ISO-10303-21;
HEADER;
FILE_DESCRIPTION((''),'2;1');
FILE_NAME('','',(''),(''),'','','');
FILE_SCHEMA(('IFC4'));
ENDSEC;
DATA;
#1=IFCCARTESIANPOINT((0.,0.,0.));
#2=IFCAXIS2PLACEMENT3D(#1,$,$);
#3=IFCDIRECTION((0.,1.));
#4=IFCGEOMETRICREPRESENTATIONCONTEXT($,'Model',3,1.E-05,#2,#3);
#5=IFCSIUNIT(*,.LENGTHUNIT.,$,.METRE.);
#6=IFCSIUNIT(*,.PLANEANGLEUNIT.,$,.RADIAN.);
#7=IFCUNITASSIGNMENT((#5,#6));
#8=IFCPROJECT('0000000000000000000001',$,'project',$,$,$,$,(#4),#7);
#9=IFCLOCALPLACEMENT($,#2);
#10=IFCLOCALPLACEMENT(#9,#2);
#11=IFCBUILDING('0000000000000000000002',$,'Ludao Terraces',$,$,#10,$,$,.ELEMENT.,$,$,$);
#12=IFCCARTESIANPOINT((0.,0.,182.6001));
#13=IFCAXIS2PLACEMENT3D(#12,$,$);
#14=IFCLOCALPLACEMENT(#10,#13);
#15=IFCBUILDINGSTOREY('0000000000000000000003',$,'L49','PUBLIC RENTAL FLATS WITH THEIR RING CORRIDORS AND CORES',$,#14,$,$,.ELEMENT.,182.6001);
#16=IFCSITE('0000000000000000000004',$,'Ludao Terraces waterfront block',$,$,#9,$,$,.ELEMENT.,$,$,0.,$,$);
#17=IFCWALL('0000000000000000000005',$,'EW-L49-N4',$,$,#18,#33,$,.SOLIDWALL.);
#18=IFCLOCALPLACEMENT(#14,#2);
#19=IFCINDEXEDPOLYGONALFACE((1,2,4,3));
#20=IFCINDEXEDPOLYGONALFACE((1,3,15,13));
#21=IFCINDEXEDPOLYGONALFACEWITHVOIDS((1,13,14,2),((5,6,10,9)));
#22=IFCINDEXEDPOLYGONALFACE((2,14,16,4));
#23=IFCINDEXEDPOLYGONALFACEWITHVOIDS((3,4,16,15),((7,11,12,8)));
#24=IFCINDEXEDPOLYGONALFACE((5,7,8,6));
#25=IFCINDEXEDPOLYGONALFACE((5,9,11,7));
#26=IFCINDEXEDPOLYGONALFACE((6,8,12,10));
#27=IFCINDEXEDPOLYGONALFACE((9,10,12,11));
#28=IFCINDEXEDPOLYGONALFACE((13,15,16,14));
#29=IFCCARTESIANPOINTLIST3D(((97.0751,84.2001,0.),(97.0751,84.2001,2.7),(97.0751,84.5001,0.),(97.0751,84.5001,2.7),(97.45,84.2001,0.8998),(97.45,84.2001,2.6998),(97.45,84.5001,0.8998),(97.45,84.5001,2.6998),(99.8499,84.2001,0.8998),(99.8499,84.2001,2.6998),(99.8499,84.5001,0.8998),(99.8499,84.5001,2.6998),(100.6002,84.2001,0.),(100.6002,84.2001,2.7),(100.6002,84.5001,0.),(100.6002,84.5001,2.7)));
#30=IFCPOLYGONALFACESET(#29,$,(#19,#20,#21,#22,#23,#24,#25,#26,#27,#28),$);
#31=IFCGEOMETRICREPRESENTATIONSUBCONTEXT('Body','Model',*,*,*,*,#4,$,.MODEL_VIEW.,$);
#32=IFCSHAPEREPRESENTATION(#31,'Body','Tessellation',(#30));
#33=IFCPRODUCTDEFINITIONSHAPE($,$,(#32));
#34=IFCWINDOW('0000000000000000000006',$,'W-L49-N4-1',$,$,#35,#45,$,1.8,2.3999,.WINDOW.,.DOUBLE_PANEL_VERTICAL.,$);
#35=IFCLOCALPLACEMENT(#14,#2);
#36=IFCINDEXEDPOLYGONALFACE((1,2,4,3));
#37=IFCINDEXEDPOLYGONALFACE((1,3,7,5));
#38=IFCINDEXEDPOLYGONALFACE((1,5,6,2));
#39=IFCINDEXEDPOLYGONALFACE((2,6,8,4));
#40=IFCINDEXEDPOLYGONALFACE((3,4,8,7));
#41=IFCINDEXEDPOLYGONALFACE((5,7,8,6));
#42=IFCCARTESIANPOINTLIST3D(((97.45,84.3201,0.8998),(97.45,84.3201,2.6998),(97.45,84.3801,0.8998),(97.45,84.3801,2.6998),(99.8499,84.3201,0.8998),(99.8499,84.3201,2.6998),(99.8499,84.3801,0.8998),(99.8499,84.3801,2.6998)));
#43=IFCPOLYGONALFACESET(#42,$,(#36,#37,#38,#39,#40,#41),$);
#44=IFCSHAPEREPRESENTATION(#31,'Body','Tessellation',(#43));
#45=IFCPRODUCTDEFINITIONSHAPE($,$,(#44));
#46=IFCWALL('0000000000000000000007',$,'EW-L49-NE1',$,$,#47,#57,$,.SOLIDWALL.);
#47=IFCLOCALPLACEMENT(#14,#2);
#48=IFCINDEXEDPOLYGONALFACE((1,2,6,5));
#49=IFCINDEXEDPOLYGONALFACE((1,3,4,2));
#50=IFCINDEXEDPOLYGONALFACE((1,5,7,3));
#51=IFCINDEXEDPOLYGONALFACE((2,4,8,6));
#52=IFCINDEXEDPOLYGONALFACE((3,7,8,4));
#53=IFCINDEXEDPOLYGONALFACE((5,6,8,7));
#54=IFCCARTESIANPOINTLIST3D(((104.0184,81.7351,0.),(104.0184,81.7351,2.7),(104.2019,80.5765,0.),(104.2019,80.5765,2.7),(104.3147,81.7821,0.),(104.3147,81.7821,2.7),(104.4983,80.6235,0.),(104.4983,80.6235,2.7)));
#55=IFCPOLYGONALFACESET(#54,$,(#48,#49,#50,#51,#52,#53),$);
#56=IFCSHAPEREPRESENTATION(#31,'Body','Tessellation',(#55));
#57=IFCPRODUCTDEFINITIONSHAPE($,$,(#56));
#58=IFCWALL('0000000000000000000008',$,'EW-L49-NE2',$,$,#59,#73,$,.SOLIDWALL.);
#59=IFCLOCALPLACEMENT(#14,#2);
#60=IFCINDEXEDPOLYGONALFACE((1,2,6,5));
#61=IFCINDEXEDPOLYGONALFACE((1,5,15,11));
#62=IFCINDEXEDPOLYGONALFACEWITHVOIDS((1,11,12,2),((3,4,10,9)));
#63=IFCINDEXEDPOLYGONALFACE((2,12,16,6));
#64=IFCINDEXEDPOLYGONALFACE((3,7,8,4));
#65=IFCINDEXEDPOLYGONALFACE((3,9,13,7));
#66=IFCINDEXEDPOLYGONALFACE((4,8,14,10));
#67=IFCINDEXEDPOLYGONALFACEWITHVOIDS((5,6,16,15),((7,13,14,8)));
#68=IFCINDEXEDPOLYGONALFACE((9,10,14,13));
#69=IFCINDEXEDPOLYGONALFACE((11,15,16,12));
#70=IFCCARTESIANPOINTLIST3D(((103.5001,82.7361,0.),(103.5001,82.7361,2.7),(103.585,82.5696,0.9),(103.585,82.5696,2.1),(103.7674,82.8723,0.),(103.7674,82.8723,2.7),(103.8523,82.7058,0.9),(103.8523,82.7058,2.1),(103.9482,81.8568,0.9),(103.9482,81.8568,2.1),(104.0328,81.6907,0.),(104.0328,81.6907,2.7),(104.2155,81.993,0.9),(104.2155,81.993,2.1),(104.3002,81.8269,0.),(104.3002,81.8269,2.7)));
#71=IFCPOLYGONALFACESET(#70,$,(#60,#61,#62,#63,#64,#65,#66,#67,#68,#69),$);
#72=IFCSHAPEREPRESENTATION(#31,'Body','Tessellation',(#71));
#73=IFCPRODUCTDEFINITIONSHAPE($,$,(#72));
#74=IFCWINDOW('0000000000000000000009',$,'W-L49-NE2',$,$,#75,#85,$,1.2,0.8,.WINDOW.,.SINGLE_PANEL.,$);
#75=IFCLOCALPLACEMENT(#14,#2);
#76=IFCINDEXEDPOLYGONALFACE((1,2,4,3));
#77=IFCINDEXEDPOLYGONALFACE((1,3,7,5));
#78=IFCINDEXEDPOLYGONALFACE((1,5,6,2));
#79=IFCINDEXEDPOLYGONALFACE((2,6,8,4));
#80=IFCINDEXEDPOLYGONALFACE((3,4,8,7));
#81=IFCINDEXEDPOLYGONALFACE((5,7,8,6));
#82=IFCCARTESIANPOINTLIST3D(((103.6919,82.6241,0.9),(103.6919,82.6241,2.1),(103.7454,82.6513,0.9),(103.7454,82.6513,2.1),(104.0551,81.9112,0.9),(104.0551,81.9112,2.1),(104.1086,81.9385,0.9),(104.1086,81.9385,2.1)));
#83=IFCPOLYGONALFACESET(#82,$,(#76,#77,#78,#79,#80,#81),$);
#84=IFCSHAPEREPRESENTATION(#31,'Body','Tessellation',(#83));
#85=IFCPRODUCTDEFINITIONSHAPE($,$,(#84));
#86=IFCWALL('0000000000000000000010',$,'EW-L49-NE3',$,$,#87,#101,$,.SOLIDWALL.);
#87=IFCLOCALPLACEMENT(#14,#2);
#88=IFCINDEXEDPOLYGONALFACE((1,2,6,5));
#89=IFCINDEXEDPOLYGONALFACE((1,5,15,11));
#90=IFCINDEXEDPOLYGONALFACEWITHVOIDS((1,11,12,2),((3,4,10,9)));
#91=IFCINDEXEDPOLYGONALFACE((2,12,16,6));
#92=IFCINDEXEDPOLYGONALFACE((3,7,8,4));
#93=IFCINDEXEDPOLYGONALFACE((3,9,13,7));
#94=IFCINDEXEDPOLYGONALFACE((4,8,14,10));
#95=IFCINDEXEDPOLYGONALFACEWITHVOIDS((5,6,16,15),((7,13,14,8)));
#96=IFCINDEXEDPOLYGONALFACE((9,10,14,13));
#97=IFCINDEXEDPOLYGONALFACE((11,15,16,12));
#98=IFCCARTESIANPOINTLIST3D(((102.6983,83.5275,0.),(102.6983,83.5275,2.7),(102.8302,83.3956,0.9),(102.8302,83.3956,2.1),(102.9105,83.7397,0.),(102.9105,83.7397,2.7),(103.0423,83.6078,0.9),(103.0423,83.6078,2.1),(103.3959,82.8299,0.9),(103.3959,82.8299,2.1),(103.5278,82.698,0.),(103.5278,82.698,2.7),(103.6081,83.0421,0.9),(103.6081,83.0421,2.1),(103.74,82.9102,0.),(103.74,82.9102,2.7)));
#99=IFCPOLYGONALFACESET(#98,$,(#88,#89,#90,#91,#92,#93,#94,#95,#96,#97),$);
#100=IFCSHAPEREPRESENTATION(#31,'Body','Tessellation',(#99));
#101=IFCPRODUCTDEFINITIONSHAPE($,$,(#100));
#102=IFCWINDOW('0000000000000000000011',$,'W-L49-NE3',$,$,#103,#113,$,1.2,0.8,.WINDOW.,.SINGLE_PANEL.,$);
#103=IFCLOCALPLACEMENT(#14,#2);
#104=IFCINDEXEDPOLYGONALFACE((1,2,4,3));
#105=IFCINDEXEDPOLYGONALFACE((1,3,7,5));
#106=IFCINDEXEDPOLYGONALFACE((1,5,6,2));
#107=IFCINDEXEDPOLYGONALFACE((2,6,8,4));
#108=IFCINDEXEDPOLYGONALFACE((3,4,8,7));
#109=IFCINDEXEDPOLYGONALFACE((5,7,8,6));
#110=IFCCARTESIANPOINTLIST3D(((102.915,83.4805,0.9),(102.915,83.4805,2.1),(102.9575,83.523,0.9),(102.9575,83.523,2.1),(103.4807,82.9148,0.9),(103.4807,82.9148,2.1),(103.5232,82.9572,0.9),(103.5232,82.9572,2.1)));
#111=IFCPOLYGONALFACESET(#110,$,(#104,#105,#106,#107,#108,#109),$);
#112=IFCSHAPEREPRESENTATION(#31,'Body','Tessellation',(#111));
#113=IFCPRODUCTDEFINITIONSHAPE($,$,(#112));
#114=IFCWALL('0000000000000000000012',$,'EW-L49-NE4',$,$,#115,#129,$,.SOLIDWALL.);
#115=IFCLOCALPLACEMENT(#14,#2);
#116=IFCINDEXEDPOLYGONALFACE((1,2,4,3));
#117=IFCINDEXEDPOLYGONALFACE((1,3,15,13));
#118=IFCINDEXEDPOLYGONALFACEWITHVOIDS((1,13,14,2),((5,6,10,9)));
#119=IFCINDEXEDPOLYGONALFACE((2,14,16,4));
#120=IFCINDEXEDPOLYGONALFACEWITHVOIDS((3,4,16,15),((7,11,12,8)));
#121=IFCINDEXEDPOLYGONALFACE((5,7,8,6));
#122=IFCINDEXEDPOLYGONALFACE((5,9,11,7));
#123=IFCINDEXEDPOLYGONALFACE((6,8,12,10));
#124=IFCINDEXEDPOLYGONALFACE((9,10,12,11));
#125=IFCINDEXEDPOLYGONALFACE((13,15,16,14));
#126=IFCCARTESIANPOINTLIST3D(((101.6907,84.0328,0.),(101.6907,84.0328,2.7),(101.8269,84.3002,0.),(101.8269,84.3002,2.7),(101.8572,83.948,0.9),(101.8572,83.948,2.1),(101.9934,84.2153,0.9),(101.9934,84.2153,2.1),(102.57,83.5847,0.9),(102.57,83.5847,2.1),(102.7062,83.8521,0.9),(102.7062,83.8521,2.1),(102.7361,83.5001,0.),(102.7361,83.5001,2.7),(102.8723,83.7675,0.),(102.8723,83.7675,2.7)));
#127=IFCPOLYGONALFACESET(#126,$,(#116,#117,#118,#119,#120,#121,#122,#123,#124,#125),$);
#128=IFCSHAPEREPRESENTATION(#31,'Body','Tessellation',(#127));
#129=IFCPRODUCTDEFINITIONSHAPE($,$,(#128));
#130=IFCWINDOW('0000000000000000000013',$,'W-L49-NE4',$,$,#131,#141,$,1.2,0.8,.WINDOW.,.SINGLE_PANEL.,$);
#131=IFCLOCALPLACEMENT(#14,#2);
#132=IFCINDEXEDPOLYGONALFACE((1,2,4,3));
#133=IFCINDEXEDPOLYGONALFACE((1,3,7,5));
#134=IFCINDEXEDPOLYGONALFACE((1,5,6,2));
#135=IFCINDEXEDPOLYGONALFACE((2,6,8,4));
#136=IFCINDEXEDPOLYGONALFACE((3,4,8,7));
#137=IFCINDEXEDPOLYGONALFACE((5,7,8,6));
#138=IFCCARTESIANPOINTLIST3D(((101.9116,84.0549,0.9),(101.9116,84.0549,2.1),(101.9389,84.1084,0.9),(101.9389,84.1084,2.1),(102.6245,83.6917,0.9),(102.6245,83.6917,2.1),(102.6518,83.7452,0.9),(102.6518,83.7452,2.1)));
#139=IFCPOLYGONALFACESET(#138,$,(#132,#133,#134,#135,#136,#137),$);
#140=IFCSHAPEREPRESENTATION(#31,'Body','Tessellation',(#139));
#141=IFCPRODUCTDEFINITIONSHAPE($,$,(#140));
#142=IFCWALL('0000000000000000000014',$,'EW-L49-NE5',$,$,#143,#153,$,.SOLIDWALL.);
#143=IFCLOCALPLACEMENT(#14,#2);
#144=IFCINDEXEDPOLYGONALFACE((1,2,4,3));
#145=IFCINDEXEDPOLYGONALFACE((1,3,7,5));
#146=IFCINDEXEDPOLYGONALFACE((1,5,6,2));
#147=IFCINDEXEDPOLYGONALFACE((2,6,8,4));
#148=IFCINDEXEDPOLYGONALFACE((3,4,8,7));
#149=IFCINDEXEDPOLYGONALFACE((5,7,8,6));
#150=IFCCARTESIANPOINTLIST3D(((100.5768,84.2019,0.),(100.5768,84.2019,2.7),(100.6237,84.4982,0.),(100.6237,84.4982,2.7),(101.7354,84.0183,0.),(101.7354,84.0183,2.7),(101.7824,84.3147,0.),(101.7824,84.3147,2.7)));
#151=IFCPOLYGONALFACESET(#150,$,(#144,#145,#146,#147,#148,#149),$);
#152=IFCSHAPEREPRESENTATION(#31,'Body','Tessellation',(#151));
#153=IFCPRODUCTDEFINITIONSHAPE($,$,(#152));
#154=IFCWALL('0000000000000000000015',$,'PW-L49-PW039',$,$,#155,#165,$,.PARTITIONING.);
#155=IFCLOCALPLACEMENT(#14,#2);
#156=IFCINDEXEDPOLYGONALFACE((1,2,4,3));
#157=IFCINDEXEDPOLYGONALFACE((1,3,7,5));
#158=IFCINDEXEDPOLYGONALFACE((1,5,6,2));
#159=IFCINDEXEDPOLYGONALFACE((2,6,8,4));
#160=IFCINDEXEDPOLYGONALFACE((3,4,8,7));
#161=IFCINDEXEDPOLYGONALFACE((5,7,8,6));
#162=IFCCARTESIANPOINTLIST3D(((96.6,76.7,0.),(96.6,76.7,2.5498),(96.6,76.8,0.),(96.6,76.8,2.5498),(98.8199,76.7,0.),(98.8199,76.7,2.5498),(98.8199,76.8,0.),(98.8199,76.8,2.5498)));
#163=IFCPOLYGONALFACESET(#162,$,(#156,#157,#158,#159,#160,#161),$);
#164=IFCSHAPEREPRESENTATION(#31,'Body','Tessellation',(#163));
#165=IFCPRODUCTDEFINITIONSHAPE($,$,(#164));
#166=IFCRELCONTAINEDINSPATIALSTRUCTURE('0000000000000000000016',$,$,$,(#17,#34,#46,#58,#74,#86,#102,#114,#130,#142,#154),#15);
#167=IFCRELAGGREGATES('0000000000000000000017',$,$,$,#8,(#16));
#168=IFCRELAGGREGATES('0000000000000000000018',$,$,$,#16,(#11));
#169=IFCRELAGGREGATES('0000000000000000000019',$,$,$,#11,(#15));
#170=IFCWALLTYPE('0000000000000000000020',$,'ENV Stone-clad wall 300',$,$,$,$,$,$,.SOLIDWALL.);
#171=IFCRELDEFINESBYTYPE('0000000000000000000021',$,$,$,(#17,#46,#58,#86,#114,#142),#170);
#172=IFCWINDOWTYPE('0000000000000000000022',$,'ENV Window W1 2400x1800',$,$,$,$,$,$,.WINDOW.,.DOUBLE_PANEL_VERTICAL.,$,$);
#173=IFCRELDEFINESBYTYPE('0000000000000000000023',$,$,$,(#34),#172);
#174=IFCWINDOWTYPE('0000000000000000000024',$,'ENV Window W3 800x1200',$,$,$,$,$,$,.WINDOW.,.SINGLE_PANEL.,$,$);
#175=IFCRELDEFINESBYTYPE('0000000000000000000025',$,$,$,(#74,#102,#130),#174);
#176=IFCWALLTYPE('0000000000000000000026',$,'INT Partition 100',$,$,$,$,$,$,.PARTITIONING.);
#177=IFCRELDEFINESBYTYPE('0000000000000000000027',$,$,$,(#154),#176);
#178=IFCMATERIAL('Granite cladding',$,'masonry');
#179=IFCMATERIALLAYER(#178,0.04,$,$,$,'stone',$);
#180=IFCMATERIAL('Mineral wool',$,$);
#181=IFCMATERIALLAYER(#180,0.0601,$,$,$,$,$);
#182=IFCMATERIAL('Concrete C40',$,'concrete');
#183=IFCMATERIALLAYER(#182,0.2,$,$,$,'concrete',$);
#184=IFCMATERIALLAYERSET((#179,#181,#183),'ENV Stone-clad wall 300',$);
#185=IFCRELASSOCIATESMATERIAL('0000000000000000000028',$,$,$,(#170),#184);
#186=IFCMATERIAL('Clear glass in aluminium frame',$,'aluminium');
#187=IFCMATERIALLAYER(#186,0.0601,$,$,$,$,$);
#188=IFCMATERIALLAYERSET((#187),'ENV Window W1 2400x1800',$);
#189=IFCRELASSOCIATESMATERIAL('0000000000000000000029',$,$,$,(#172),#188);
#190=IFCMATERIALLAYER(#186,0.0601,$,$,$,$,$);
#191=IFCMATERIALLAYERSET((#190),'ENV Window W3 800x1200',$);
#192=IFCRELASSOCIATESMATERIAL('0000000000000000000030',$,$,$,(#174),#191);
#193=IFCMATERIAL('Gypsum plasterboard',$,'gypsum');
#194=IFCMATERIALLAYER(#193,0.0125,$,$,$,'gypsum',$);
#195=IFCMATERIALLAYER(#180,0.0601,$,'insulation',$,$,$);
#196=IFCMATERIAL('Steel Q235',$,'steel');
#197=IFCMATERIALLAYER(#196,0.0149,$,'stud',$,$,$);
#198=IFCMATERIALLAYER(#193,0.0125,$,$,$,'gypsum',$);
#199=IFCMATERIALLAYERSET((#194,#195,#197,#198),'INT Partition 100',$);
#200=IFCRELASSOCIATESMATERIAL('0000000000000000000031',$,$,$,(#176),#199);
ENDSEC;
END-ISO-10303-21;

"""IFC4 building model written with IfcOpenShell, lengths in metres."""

from ifc_helpers import new_model, si_unit, direction, frame, frame_2d, origin, place, context, subcontext, project, spatial, rectangle, extrude, material, layer, layer_set, type_object, element, fill, save


model = new_model("IFC4")

# Units and contexts
model_context = context("Model", 3, precision=1e-05, world=origin(), true_north=direction((0.0, 1.0)))
body_context = subcontext(model_context, "Body", "Model", "MODEL_VIEW")
ifc_project = project(units=[si_unit("LENGTHUNIT", "METRE"), si_unit("PLANEANGLEUNIT", "RADIAN")], contexts=[model_context])

# Site, building, storey
site_placement = place(None, origin())
site = spatial("IfcSite", under=ifc_project, at=site_placement, Name="Ludao Terraces waterfront block", CompositionType="ELEMENT", RefElevation=0.0)
building_placement = place(site_placement, origin())
building = spatial("IfcBuilding", under=site, at=building_placement, Name="Ludao Terraces", CompositionType="ELEMENT")
storey_placement = place(building_placement, frame((0.0, 0.0, 182.6001)))
storey = spatial("IfcBuildingStorey", under=building, at=storey_placement, Name="L49", Description="PUBLIC RENTAL FLATS WITH THEIR RING CORRIDORS AND CORES", CompositionType="ELEMENT", Elevation=182.6001)

# Shared definitions
ifc_material_1 = material(Name="Concrete C40", Category="concrete")

# Shared definitions
ifc_material_2 = material(Name="Steel Q235", Category="steel")

# Shared definitions
ifc_material_3 = material(Name="Granite cladding", Category="masonry")
ifc_layer_1 = layer(ifc_material_3, 0.04, Category="stone")
ifc_material_4 = material(Name="Mineral wool")
ifc_layer_2 = layer(ifc_material_4, 0.0601)
ifc_layer_3 = layer(ifc_material_1, 0.2, Category="concrete")
ifc_layer_set_1 = layer_set([ifc_layer_1, ifc_layer_2, ifc_layer_3], Name="ENV Stone-clad wall 300")
wall_type_1 = type_object("IfcWallType", Name="ENV Stone-clad wall 300", PredefinedType="SOLIDWALL", material=ifc_layer_set_1)
ifc_material_5 = material(Name="Clear glass in aluminium frame", Category="aluminium")
ifc_layer_4 = layer(ifc_material_5, 0.0601)
ifc_layer_set_2 = layer_set([ifc_layer_4], Name="ENV Window W1 2400x1800")
window_type_1 = type_object("IfcWindowType", Name="ENV Window W1 2400x1800", PartitioningType="DOUBLE_PANEL_VERTICAL", PredefinedType="WINDOW", material=ifc_layer_set_2)

# Wall, opening, window
wall_1_placement = place(storey_placement, frame((97.075, 84.3501, 0.0), z_axis=(0.0, 0.0, 1.0), x_axis=(1.0, 0.0, 0.0)))
wall_1 = element("IfcWall", 1, at=wall_1_placement, inside=storey, type_object=wall_type_1, Name="EW-L49-N4", PredefinedType="SOLIDWALL", context=body_context, shape_type="SweptSolid", body=[
    extrude(rectangle(XDim=3.5251, YDim=0.3, at=frame_2d((1.7627, 0.0))), origin(), (0.0, 0.0, 1.0), 2.7),
])
opening_1_placement = place(wall_1_placement, frame((0.375, 0.0, 0.8999)))
opening_1 = element("IfcOpeningElement", 2, at=opening_1_placement, cuts=wall_1, PredefinedType="OPENING", context=body_context, shape_type="SweptSolid", body=[
    extrude(rectangle(XDim=2.3999, YDim=1.8, at=frame_2d((1.2, 0.8999))), frame((0.0, 0.1602, 0.0), z_axis=(0.0, -1.0, 0.0), x_axis=(1.0, 0.0, 0.0)), (0.0, 0.0, 1.0), 0.3201),
])
window_1_placement = place(opening_1_placement, origin())
window_1 = element("IfcWindow", 3, at=window_1_placement, inside=storey, type_object=window_type_1, Name="W-L49-N4-1", OverallHeight=1.8, OverallWidth=2.3999, PartitioningType="DOUBLE_PANEL_VERTICAL", PredefinedType="WINDOW", context=body_context, shape_type="SweptSolid", body=[
    extrude(rectangle(XDim=2.3999, YDim=1.8, at=frame_2d((1.2, 0.8999))), frame((0.0, 0.03, 0.0), z_axis=(0.0, -1.0, 0.0), x_axis=(1.0, 0.0, 0.0)), (0.0, 0.0, 1.0), 0.0601),
])
fill(opening_1, window_1)

# Wall
wall_2_placement = place(storey_placement, frame((104.3501, 80.6001, 0.0), z_axis=(0.0, 0.0, 1.0), x_axis=(-0.156497, 0.987678, 0.0)))
element("IfcWall", 4, at=wall_2_placement, inside=storey, type_object=wall_type_1, Name="EW-L49-NE1", PredefinedType="SOLIDWALL", context=body_context, shape_type="SweptSolid", body=[
    extrude(rectangle(XDim=1.1731, YDim=0.3, at=frame_2d((0.5864, 0.0))), origin(), (0.0, 0.0, 1.0), 2.7),
])

# Walls, openings, windows
wall_3_placement = place(storey_placement, frame((104.1665, 81.7588, 0.0), z_axis=(0.0, 0.0, 1.0), x_axis=(-0.454026, 0.890989, 0.0)))
wall_3 = element("IfcWall", 5, at=wall_3_placement, inside=storey, type_object=wall_type_1, Name="EW-L49-NE2", PredefinedType="SOLIDWALL", context=body_context, shape_type="SweptSolid", body=[
    extrude(rectangle(XDim=1.1733, YDim=0.3, at=frame_2d((0.5867, 0.0))), origin(), (0.0, 0.0, 1.0), 2.7),
])
opening_2_placement = place(wall_3_placement, frame((0.1865, 0.0, 0.8999)))
opening_2 = element("IfcOpeningElement", 6, at=opening_2_placement, cuts=wall_3, PredefinedType="OPENING", context=body_context, shape_type="SweptSolid", body=[
    extrude(rectangle(XDim=0.8, YDim=1.2, at=frame_2d((0.3999, 0.6001))), frame((0.0, 0.1602, 0.0), z_axis=(0.0, -1.0, 0.0), x_axis=(1.0, 0.0, 0.0)), (0.0, 0.0, 1.0), 0.3201),
])
ifc_layer_5 = layer(ifc_material_5, 0.0601)
ifc_layer_set_3 = layer_set([ifc_layer_5], Name="ENV Window W3 800x1200")
window_type_2 = type_object("IfcWindowType", Name="ENV Window W3 800x1200", PartitioningType="SINGLE_PANEL", PredefinedType="WINDOW", material=ifc_layer_set_3)
window_2_placement = place(opening_2_placement, origin())
window_2 = element("IfcWindow", 7, at=window_2_placement, inside=storey, type_object=window_type_2, Name="W-L49-NE2", OverallHeight=1.2, OverallWidth=0.8, PartitioningType="SINGLE_PANEL", PredefinedType="WINDOW", context=body_context, shape_type="SweptSolid", body=[
    extrude(rectangle(XDim=0.8, YDim=1.2, at=frame_2d((0.3999, 0.6001))), frame((0.0, 0.03, 0.0), z_axis=(0.0, -1.0, 0.0), x_axis=(1.0, 0.0, 0.0)), (0.0, 0.0, 1.0), 0.0601),
])
fill(opening_2, window_2)
wall_4_placement = place(storey_placement, frame((103.6338, 82.8042, 0.0), z_axis=(0.0, 0.0, 1.0), x_axis=(-0.707107, 0.707107, 0.0)))
wall_4 = element("IfcWall", 8, at=wall_4_placement, inside=storey, type_object=wall_type_1, Name="EW-L49-NE3", PredefinedType="SOLIDWALL", context=body_context, shape_type="SweptSolid", body=[
    extrude(rectangle(XDim=1.1731, YDim=0.3, at=frame_2d((0.5864, 0.0))), origin(), (0.0, 0.0, 1.0), 2.7),
])
opening_3_placement = place(wall_4_placement, frame((0.1865, 0.0, 0.8999)))
opening_3 = element("IfcOpeningElement", 9, at=opening_3_placement, cuts=wall_4, PredefinedType="OPENING", context=body_context, shape_type="SweptSolid", body=[
    extrude(rectangle(XDim=0.8, YDim=1.2, at=frame_2d((0.3999, 0.6001))), frame((0.0, 0.1602, 0.0), z_axis=(0.0, -1.0, 0.0), x_axis=(1.0, 0.0, 0.0)), (0.0, 0.0, 1.0), 0.3201),
])
window_3_placement = place(opening_3_placement, origin())
window_3 = element("IfcWindow", 10, at=window_3_placement, inside=storey, type_object=window_type_2, Name="W-L49-NE3", OverallHeight=1.2, OverallWidth=0.8, PartitioningType="SINGLE_PANEL", PredefinedType="WINDOW", context=body_context, shape_type="SweptSolid", body=[
    extrude(rectangle(XDim=0.8, YDim=1.2, at=frame_2d((0.3999, 0.6001))), frame((0.0, 0.03, 0.0), z_axis=(0.0, -1.0, 0.0), x_axis=(1.0, 0.0, 0.0)), (0.0, 0.0, 1.0), 0.0601),
])
fill(opening_3, window_3)
wall_5_placement = place(storey_placement, frame((102.8042, 83.6338, 0.0), z_axis=(0.0, 0.0, 1.0), x_axis=(-0.890989, 0.454026, 0.0)))
wall_5 = element("IfcWall", 11, at=wall_5_placement, inside=storey, type_object=wall_type_1, Name="EW-L49-NE4", PredefinedType="SOLIDWALL", context=body_context, shape_type="SweptSolid", body=[
    extrude(rectangle(XDim=1.1733, YDim=0.3, at=frame_2d((0.5867, 0.0))), origin(), (0.0, 0.0, 1.0), 2.7),
])
opening_4_placement = place(wall_5_placement, frame((0.1865, 0.0, 0.8999)))
opening_4 = element("IfcOpeningElement", 12, at=opening_4_placement, cuts=wall_5, PredefinedType="OPENING", context=body_context, shape_type="SweptSolid", body=[
    extrude(rectangle(XDim=0.8, YDim=1.2, at=frame_2d((0.3999, 0.6001))), frame((0.0, 0.1602, 0.0), z_axis=(0.0, -1.0, 0.0), x_axis=(1.0, 0.0, 0.0)), (0.0, 0.0, 1.0), 0.3201),
])
window_4_placement = place(opening_4_placement, origin())
window_4 = element("IfcWindow", 13, at=window_4_placement, inside=storey, type_object=window_type_2, Name="W-L49-NE4", OverallHeight=1.2, OverallWidth=0.8, PartitioningType="SINGLE_PANEL", PredefinedType="WINDOW", context=body_context, shape_type="SweptSolid", body=[
    extrude(rectangle(XDim=0.8, YDim=1.2, at=frame_2d((0.3999, 0.6001))), frame((0.0, 0.03, 0.0), z_axis=(0.0, -1.0, 0.0), x_axis=(1.0, 0.0, 0.0)), (0.0, 0.0, 1.0), 0.0601),
])
fill(opening_4, window_4)

# Walls
wall_6_placement = place(storey_placement, frame((101.7588, 84.1665, 0.0), z_axis=(0.0, 0.0, 1.0), x_axis=(-0.987678, 0.156497, 0.0)))
element("IfcWall", 14, at=wall_6_placement, inside=storey, type_object=wall_type_1, Name="EW-L49-NE5", PredefinedType="SOLIDWALL", context=body_context, shape_type="SweptSolid", body=[
    extrude(rectangle(XDim=1.1731, YDim=0.3, at=frame_2d((0.5864, 0.0))), origin(), (0.0, 0.0, 1.0), 2.7),
])
ifc_material_6 = material(Name="Gypsum plasterboard", Category="gypsum")
ifc_layer_6 = layer(ifc_material_6, 0.0125, Category="gypsum")
ifc_layer_7 = layer(ifc_material_4, 0.0601, Name="insulation")
ifc_layer_8 = layer(ifc_material_2, 0.0149, Name="stud")
ifc_layer_9 = layer(ifc_material_6, 0.0125, Category="gypsum")
ifc_layer_set_4 = layer_set([ifc_layer_6, ifc_layer_7, ifc_layer_8, ifc_layer_9], Name="INT Partition 100")
wall_type_2 = type_object("IfcWallType", Name="INT Partition 100", PredefinedType="PARTITIONING", material=ifc_layer_set_4)
wall_7_placement = place(storey_placement, frame((96.6001, 76.75, 0.0), z_axis=(0.0, 0.0, 1.0), x_axis=(1.0, 0.0, 0.0)))
element("IfcWall", 15, at=wall_7_placement, inside=storey, type_object=wall_type_2, Name="PW-L49-PW039", PredefinedType="PARTITIONING", context=body_context, shape_type="SweptSolid", body=[
    extrude(rectangle(XDim=2.22, YDim=0.1001, at=frame_2d((1.1099, 0.0))), origin(), (0.0, 0.0, 1.0), 2.5498),
])

save(model, "model.ifc")
